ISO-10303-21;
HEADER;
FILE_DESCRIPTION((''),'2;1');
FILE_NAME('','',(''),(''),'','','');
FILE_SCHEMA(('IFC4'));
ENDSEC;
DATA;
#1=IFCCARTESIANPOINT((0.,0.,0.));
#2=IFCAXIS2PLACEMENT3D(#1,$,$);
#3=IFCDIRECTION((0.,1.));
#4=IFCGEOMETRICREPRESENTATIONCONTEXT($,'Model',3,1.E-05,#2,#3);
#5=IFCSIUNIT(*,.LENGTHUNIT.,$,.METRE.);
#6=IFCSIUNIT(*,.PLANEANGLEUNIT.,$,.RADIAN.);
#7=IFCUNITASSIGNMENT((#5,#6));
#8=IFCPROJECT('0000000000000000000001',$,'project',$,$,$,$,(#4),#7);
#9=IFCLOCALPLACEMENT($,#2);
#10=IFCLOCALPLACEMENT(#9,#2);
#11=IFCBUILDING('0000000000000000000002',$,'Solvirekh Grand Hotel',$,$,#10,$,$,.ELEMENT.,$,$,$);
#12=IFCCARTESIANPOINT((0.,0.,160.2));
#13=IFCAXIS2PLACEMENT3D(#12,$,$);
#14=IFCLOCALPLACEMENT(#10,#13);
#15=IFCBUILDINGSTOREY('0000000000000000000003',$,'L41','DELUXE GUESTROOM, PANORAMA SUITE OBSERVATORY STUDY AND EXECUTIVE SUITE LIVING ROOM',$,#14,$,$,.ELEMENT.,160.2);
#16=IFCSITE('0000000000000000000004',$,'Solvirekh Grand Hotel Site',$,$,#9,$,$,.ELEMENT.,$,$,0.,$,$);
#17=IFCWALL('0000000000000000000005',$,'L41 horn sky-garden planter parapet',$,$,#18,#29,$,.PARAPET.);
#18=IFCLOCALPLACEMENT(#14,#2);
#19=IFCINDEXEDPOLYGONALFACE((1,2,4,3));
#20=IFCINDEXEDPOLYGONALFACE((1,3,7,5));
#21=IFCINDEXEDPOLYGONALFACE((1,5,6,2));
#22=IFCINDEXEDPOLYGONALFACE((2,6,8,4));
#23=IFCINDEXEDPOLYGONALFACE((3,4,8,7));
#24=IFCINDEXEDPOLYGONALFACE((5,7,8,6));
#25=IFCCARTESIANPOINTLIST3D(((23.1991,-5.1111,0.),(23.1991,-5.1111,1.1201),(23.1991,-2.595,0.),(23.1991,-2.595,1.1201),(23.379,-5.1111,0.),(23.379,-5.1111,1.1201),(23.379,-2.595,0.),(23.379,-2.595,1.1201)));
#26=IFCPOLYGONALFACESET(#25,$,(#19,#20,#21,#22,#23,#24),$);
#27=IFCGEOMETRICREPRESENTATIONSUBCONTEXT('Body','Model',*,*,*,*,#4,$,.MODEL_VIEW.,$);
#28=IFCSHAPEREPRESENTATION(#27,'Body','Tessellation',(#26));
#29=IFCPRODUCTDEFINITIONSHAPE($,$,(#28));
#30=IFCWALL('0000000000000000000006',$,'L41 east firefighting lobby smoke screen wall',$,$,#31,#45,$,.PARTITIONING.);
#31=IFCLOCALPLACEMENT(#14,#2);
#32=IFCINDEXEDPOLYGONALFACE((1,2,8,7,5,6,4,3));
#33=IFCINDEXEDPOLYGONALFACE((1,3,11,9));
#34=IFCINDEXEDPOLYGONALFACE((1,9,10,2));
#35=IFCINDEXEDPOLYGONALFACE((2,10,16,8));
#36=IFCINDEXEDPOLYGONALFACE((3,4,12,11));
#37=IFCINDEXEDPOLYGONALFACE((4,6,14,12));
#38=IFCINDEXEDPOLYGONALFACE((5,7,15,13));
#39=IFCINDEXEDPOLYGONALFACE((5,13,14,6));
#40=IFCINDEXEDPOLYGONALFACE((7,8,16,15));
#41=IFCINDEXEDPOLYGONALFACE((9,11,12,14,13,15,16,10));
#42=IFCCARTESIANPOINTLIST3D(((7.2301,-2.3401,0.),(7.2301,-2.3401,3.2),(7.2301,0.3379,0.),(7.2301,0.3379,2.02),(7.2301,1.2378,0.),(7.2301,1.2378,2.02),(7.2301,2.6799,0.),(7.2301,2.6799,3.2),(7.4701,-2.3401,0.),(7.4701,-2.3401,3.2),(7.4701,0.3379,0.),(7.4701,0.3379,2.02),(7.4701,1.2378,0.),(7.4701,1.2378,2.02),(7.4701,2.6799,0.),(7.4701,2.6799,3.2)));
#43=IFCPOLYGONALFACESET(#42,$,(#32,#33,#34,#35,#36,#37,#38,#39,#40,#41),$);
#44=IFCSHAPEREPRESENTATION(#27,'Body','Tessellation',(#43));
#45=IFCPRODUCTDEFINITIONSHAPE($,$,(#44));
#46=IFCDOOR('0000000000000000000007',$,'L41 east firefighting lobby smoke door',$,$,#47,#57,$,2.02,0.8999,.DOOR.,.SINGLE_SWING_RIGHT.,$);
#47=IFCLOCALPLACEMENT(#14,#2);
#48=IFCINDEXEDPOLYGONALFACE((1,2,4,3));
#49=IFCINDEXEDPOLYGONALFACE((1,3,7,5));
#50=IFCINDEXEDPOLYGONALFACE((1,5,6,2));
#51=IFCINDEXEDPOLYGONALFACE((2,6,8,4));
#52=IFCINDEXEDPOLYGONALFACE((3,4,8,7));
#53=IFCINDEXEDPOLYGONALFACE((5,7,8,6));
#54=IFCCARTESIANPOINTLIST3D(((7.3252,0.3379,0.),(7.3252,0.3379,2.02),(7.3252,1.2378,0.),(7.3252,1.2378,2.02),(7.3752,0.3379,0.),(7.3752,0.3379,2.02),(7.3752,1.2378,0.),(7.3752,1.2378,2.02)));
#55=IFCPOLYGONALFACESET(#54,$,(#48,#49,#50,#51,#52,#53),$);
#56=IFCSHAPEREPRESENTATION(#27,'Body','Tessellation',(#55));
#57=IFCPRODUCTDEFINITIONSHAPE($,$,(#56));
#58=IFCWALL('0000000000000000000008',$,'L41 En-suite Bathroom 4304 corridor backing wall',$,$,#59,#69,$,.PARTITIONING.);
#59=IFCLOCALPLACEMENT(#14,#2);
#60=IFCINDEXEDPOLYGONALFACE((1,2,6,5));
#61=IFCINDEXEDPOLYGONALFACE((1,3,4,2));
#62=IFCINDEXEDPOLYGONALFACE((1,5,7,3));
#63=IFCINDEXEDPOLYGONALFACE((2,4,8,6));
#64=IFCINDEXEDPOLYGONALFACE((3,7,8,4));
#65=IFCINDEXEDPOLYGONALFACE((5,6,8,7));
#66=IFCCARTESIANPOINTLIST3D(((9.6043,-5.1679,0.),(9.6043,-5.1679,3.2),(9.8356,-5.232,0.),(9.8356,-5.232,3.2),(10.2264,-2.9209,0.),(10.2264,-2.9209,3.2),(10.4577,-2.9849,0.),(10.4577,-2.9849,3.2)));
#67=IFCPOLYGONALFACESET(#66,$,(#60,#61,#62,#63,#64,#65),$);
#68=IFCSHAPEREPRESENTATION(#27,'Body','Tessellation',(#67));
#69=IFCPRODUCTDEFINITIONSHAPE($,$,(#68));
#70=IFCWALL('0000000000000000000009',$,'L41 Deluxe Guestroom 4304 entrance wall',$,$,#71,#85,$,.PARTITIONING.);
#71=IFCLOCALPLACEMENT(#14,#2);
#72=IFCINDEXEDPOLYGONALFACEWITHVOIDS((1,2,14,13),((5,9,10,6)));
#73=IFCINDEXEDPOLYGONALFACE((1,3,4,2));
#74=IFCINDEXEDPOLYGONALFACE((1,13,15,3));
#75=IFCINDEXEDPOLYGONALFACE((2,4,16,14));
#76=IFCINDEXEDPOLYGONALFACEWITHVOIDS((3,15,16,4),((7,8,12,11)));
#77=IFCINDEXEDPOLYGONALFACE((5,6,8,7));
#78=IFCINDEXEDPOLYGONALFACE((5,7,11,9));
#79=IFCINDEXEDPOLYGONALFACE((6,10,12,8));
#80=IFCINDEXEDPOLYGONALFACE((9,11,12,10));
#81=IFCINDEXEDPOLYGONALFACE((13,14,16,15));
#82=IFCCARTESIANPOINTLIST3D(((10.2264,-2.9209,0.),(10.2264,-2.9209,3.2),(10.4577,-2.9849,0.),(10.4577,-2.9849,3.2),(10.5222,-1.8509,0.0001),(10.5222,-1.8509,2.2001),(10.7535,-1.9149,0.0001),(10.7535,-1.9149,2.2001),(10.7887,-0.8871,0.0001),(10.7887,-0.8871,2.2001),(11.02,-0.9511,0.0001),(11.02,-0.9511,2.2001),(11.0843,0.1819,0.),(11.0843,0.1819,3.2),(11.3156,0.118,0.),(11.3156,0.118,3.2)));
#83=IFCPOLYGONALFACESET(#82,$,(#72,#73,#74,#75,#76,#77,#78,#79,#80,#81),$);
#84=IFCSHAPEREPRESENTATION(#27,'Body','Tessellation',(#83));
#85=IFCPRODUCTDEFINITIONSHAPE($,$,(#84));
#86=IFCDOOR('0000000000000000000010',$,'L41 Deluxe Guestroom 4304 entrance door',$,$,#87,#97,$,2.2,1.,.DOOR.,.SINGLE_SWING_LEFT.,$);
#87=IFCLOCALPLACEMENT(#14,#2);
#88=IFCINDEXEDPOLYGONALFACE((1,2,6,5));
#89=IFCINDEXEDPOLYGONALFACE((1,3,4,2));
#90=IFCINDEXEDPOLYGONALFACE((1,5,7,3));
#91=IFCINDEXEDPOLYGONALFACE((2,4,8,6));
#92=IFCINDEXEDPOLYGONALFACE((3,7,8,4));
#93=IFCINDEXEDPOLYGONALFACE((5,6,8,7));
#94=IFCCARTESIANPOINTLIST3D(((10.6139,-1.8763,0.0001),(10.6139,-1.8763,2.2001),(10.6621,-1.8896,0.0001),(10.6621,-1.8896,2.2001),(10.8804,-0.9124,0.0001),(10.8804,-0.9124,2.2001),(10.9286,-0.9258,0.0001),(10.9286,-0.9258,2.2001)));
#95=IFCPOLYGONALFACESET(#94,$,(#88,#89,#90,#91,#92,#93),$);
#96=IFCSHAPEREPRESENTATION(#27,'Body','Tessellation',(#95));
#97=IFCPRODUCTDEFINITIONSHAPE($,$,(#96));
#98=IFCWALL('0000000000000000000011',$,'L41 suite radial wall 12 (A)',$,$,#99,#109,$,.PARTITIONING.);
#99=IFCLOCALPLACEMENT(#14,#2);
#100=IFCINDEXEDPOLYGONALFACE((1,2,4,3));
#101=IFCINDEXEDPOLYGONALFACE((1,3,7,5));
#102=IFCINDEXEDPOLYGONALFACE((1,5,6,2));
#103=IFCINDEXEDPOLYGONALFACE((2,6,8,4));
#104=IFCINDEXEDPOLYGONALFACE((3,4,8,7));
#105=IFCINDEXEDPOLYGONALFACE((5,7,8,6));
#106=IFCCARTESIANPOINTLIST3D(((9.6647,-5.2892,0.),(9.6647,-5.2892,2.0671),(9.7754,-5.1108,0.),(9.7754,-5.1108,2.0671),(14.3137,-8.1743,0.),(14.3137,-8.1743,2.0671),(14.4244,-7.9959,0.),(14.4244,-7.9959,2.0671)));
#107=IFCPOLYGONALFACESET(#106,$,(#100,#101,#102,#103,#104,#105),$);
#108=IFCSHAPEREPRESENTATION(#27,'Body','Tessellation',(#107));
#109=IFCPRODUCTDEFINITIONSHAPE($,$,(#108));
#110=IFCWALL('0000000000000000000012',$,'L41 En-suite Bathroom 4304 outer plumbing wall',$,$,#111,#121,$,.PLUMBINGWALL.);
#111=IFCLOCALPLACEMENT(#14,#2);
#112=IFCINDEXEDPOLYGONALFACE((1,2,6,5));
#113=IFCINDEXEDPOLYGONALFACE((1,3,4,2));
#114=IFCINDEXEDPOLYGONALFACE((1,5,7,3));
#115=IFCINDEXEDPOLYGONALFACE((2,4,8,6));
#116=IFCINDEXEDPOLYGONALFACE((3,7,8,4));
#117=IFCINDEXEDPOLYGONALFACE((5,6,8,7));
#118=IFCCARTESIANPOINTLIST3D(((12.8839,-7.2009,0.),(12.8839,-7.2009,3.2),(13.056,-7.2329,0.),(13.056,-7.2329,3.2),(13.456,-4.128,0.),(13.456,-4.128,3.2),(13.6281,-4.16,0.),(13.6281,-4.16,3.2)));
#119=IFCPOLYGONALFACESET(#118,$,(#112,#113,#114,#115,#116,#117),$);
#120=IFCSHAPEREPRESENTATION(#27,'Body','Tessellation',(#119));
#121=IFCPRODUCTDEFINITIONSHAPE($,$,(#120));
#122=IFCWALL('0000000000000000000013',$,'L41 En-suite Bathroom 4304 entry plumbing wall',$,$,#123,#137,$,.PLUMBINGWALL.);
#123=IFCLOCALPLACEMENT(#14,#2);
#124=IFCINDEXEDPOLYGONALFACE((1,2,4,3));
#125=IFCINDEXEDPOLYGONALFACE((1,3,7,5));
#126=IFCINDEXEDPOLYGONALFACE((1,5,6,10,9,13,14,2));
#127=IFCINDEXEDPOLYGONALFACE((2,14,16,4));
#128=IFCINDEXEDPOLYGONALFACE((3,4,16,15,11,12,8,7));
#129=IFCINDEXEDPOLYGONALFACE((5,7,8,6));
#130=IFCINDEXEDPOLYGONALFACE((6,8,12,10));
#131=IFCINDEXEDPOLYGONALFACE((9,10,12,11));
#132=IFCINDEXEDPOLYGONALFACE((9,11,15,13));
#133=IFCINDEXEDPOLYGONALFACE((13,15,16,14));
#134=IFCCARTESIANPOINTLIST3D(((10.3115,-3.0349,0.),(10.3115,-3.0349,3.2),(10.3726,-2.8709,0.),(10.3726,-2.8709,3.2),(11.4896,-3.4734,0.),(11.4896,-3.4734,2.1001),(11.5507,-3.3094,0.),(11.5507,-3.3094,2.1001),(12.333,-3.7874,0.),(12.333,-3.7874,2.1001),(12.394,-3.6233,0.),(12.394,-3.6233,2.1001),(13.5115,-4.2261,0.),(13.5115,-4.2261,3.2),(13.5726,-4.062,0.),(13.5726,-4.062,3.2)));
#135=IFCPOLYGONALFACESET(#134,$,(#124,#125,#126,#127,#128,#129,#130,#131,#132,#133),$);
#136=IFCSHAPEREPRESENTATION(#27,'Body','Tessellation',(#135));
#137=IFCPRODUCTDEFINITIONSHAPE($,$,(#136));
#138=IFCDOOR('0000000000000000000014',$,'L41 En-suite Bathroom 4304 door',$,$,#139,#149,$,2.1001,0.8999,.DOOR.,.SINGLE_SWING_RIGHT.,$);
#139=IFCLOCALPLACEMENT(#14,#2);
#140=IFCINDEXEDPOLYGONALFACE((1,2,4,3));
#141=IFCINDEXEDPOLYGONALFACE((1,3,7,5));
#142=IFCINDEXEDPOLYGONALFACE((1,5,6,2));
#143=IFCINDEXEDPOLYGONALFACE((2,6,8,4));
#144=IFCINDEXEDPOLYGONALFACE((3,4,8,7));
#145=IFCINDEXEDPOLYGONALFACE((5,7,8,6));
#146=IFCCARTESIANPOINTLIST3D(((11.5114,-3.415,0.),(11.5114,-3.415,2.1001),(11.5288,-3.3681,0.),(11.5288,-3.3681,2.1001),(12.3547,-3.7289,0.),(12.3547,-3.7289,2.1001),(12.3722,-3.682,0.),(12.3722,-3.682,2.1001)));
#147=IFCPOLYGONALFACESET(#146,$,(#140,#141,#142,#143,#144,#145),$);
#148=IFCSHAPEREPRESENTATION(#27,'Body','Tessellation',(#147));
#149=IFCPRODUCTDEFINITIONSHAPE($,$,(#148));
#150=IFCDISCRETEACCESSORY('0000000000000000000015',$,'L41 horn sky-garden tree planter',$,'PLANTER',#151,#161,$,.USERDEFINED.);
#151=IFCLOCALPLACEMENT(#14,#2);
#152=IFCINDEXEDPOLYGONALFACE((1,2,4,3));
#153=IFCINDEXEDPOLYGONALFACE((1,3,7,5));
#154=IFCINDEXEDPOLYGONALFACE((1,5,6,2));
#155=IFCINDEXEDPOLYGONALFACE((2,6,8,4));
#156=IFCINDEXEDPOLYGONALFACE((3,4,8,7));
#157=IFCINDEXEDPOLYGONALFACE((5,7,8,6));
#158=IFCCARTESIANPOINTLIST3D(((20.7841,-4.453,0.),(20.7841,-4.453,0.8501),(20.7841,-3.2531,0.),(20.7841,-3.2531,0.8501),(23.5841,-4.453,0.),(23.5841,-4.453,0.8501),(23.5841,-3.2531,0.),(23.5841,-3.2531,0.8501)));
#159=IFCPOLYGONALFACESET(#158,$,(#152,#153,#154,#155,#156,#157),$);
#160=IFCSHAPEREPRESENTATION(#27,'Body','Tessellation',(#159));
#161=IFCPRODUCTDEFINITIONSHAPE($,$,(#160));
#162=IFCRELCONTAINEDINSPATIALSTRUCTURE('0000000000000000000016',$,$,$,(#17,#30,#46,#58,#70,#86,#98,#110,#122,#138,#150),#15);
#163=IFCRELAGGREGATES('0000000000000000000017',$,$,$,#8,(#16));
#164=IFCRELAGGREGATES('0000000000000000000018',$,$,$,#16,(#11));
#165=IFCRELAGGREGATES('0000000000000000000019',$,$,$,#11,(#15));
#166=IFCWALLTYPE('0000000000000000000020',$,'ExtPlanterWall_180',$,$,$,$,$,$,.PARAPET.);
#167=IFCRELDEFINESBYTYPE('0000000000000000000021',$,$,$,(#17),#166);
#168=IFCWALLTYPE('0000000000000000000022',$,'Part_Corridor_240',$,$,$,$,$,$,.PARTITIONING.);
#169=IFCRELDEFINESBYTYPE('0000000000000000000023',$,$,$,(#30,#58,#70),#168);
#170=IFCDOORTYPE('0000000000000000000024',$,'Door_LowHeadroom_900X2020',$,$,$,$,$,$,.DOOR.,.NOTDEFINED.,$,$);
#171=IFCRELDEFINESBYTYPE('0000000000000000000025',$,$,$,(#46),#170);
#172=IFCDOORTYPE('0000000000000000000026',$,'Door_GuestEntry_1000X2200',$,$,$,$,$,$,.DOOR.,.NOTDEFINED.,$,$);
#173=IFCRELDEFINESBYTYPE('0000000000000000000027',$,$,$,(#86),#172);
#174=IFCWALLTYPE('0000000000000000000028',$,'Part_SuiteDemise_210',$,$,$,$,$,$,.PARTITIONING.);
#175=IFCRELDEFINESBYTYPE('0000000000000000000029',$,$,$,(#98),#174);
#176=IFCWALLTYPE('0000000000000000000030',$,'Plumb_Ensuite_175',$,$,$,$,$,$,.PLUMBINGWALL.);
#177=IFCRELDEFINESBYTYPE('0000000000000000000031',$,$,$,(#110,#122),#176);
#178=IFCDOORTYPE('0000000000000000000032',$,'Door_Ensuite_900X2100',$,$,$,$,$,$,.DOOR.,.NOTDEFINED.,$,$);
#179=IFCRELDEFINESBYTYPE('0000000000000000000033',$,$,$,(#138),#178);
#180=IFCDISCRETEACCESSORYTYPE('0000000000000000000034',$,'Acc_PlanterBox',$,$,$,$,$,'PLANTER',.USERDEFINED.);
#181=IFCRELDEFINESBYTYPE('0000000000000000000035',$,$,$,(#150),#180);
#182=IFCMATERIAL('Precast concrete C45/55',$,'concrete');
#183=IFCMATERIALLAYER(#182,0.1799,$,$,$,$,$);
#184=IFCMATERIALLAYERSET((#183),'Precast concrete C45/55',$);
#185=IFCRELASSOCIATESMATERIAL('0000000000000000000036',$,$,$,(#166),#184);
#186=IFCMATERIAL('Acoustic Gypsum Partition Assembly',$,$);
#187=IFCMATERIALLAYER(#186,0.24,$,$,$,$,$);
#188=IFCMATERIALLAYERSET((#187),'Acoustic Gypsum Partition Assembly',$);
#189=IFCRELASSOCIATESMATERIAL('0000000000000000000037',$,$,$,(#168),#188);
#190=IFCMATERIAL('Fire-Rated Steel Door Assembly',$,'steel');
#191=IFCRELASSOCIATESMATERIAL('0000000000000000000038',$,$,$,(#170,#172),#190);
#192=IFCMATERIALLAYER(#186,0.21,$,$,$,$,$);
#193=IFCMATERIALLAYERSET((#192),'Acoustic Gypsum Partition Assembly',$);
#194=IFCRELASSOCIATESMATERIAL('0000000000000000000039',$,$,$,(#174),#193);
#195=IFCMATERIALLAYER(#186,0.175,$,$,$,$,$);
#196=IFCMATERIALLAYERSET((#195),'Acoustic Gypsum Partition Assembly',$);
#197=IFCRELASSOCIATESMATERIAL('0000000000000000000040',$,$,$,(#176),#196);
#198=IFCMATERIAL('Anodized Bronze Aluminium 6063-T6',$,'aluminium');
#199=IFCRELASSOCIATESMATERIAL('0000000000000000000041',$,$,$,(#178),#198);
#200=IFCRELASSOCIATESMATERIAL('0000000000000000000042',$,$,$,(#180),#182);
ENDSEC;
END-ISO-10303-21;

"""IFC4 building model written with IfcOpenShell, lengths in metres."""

from ifc_helpers import new_model, si_unit, direction, frame, frame_2d, origin, origin_2d, place, context, subcontext, project, spatial, rectangle, extrude, material, layer, layer_set, type_object, element, fill, save


model = new_model("IFC4")

# Units and contexts
model_context = context("Model", 3, precision=1e-05, world=origin(), true_north=direction((0.0, 1.0)))
body_context = subcontext(model_context, "Body", "Model", "MODEL_VIEW")
ifc_project = project(units=[si_unit("LENGTHUNIT", "METRE"), si_unit("PLANEANGLEUNIT", "RADIAN")], contexts=[model_context])

# Site, building, storey
site_placement = place(None, origin())
site = spatial("IfcSite", under=ifc_project, at=site_placement, Name="Solvirekh Grand Hotel Site", CompositionType="ELEMENT", RefElevation=0.0)
building_placement = place(site_placement, origin())
building = spatial("IfcBuilding", under=site, at=building_placement, Name="Solvirekh Grand Hotel", CompositionType="ELEMENT")
storey_placement = place(building_placement, frame((0.0, 0.0, 160.2)))
storey = spatial("IfcBuildingStorey", under=building, at=storey_placement, Name="L41", Description="DELUXE GUESTROOM, PANORAMA SUITE OBSERVATORY STUDY AND EXECUTIVE SUITE LIVING ROOM", CompositionType="ELEMENT", Elevation=160.2)

# Shared definitions
ifc_material_1 = material(Name="Precast concrete C45/55", Category="concrete")

# Shared definitions
ifc_material_2 = material(Name="Anodized Bronze Aluminium 6063-T6", Category="aluminium")

# Wall
ifc_layer_1 = layer(ifc_material_1, 0.1799)
ifc_layer_set_1 = layer_set([ifc_layer_1], Name="Precast concrete C45/55")
wall_type_1 = type_object("IfcWallType", Name="ExtPlanterWall_180", PredefinedType="PARAPET", material=ifc_layer_set_1)
wall_1_placement = place(storey_placement, frame((23.2891, -5.1111, 0.0), z_axis=(0.0, 0.0, 1.0), x_axis=(0.0, 1.0, 0.0)))
element("IfcWall", 1, at=wall_1_placement, inside=storey, type_object=wall_type_1, Name="L41 horn sky-garden planter parapet", PredefinedType="PARAPET", context=body_context, shape_type="SweptSolid", body=[
    extrude(rectangle(XDim=2.5161, YDim=0.1799, at=frame_2d((1.2581, 0.0))), origin(), (0.0, 0.0, 1.0), 1.1201),
])

# Wall, opening, door
ifc_material_3 = material(Name="Acoustic Gypsum Partition Assembly")
ifc_layer_2 = layer(ifc_material_3, 0.24)
ifc_layer_set_2 = layer_set([ifc_layer_2], Name="Acoustic Gypsum Partition Assembly")
wall_type_2 = type_object("IfcWallType", Name="Part_Corridor_240", PredefinedType="PARTITIONING", material=ifc_layer_set_2)
wall_2_placement = place(storey_placement, frame((7.3501, -2.3401, 0.0), z_axis=(0.0, 0.0, 1.0), x_axis=(0.0, 1.0, 0.0)))
wall_2 = element("IfcWall", 2, at=wall_2_placement, inside=storey, type_object=wall_type_2, Name="L41 east firefighting lobby smoke screen wall", PredefinedType="PARTITIONING", context=body_context, shape_type="SweptSolid", body=[
    extrude(rectangle(XDim=5.02, YDim=0.24, at=frame_2d((2.51, 0.0))), origin(), (0.0, 0.0, 1.0), 3.2),
])
opening_1_placement = place(wall_2_placement, frame((2.678, 0.0, 0.0)))
opening_1 = element("IfcOpeningElement", 3, at=opening_1_placement, cuts=wall_2, PredefinedType="OPENING", context=body_context, shape_type="SweptSolid", body=[
    extrude(rectangle(XDim=0.8999, YDim=2.02, at=frame_2d((0.45, 1.01))), frame((0.0, 0.1299, 0.0), z_axis=(0.0, -1.0, 0.0), x_axis=(1.0, 0.0, 0.0)), (0.0, 0.0, 1.0), 0.26),
])
ifc_material_4 = material(Name="Fire-Rated Steel Door Assembly", Category="steel")
door_type_1 = type_object("IfcDoorType", Name="Door_LowHeadroom_900X2020", OperationType="NOTDEFINED", PredefinedType="DOOR", material=ifc_material_4)
door_1_placement = place(opening_1_placement, origin())
door_1 = element("IfcDoor", 4, at=door_1_placement, inside=storey, type_object=door_type_1, Name="L41 east firefighting lobby smoke door", OperationType="SINGLE_SWING_RIGHT", OverallHeight=2.02, OverallWidth=0.8999, PredefinedType="DOOR", context=body_context, shape_type="SweptSolid", body=[
    extrude(rectangle(XDim=0.8999, YDim=2.02, at=frame_2d((0.45, 1.01))), frame((0.0, 0.0249, 0.0), z_axis=(0.0, -1.0, 0.0), x_axis=(1.0, 0.0, 0.0)), (0.0, 0.0, 1.0), 0.05),
])
fill(opening_1, door_1)

# Wall
wall_3_placement = place(storey_placement, frame((9.72, -5.2, 0.0), z_axis=(0.0, 0.0, 1.0), x_axis=(0.266801, 0.963752, 0.0)))
element("IfcWall", 5, at=wall_3_placement, inside=storey, type_object=wall_type_2, Name="L41 En-suite Bathroom 4304 corridor backing wall", PredefinedType="PARTITIONING", context=body_context, shape_type="SweptSolid", body=[
    extrude(rectangle(XDim=2.3315, YDim=0.24, at=frame_2d((1.1658, 0.0))), origin(), (0.0, 0.0, 1.0), 3.2),
])

# Wall, opening, door
wall_4_placement = place(storey_placement, frame((10.342, -2.9529, 0.0), z_axis=(0.0, 0.0, 1.0), x_axis=(0.266498, 0.963836, 0.0)))
wall_4 = element("IfcWall", 6, at=wall_4_placement, inside=storey, type_object=wall_type_2, Name="L41 Deluxe Guestroom 4304 entrance wall", PredefinedType="PARTITIONING", context=body_context, shape_type="SweptSolid", body=[
    extrude(rectangle(XDim=3.2192, YDim=0.24, at=frame_2d((1.6096, 0.0))), origin(), (0.0, 0.0, 1.0), 3.2),
])
opening_2_placement = place(wall_4_placement, frame((1.1101, 0.0, 0.0)))
opening_2 = element("IfcOpeningElement", 7, at=opening_2_placement, cuts=wall_4, PredefinedType="OPENING", context=body_context, shape_type="SweptSolid", body=[
    extrude(rectangle(XDim=1.0, YDim=2.2, at=frame_2d((0.5, 1.1001))), frame((0.0, 0.1299, 0.0), z_axis=(0.0, -1.0, 0.0), x_axis=(1.0, 0.0, 0.0)), (0.0, 0.0, 1.0), 0.26),
])
door_type_2 = type_object("IfcDoorType", Name="Door_GuestEntry_1000X2200", OperationType="NOTDEFINED", PredefinedType="DOOR", material=ifc_material_4)
door_2_placement = place(opening_2_placement, origin())
door_2 = element("IfcDoor", 8, at=door_2_placement, inside=storey, type_object=door_type_2, Name="L41 Deluxe Guestroom 4304 entrance door", OperationType="SINGLE_SWING_LEFT", OverallHeight=2.2, OverallWidth=1.0, PredefinedType="DOOR", context=body_context, shape_type="SweptSolid", body=[
    extrude(rectangle(XDim=1.0, YDim=2.2, at=frame_2d((0.5, 1.1001))), frame((0.0, 0.0249, 0.0), z_axis=(0.0, -1.0, 0.0), x_axis=(1.0, 0.0, 0.0)), (0.0, 0.0, 1.0), 0.05),
])
fill(opening_2, door_2)

# Walls
ifc_layer_3 = layer(ifc_material_3, 0.21)
ifc_layer_set_3 = layer_set([ifc_layer_3], Name="Acoustic Gypsum Partition Assembly")
wall_type_3 = type_object("IfcWallType", Name="Part_SuiteDemise_210", PredefinedType="PARTITIONING", material=ifc_layer_set_3)
wall_5_placement = place(storey_placement, frame((9.72, -5.2, 0.0), z_axis=(0.0, 0.0, 1.0), x_axis=(0.849684, -0.527293, 0.0)))
element("IfcWall", 9, at=wall_5_placement, inside=storey, type_object=wall_type_3, Name="L41 suite radial wall 12 (A)", PredefinedType="PARTITIONING", context=body_context, shape_type="SweptSolid", body=[
    extrude(rectangle(XDim=5.4714, YDim=0.21, at=frame_2d((2.7358, 0.0))), origin(), (0.0, 0.0, 1.0), 2.0671),
])
ifc_layer_4 = layer(ifc_material_3, 0.175)
ifc_layer_set_4 = layer_set([ifc_layer_4], Name="Acoustic Gypsum Partition Assembly")
wall_type_4 = type_object("IfcWallType", Name="Plumb_Ensuite_175", PredefinedType="PLUMBINGWALL", material=ifc_layer_set_4)
wall_6_placement = place(storey_placement, frame((12.97, -7.217, 0.0), z_axis=(0.0, 0.0, 1.0), x_axis=(0.183001, 0.983113, 0.0)))
element("IfcWall", 10, at=wall_6_placement, inside=storey, type_object=wall_type_4, Name="L41 En-suite Bathroom 4304 outer plumbing wall", PredefinedType="PLUMBINGWALL", context=body_context, shape_type="SweptSolid", body=[
    extrude(rectangle(XDim=3.1257, YDim=0.175, at=frame_2d((1.563, 0.0))), origin(), (0.0, 0.0, 1.0), 3.2),
])

# Wall, opening, door
wall_7_placement = place(storey_placement, frame((10.342, -2.9529, 0.0), z_axis=(0.0, 0.0, 1.0), x_axis=(0.937176, -0.348858, 0.0)))
wall_7 = element("IfcWall", 11, at=wall_7_placement, inside=storey, type_object=wall_type_4, Name="L41 En-suite Bathroom 4304 entry plumbing wall", PredefinedType="PLUMBINGWALL", context=body_context, shape_type="SweptSolid", body=[
    extrude(rectangle(XDim=3.4146, YDim=0.175, at=frame_2d((1.7073, 0.0))), origin(), (0.0, 0.0, 1.0), 3.2),
])
opening_3_placement = place(wall_7_placement, frame((1.2571, 0.0, 0.0)))
opening_3 = element("IfcOpeningElement", 12, at=opening_3_placement, cuts=wall_7, PredefinedType="OPENING", context=body_context, shape_type="SweptSolid", body=[
    extrude(rectangle(XDim=0.8999, YDim=2.1001, at=frame_2d((0.45, 1.05))), frame((0.0, 0.0977, 0.0), z_axis=(0.0, -1.0, 0.0), x_axis=(1.0, 0.0, 0.0)), (0.0, 0.0, 1.0), 0.1951),
])
door_type_3 = type_object("IfcDoorType", Name="Door_Ensuite_900X2100", OperationType="NOTDEFINED", PredefinedType="DOOR", material=ifc_material_2)
door_3_placement = place(opening_3_placement, origin())
door_3 = element("IfcDoor", 13, at=door_3_placement, inside=storey, type_object=door_type_3, Name="L41 En-suite Bathroom 4304 door", OperationType="SINGLE_SWING_RIGHT", OverallHeight=2.1001, OverallWidth=0.8999, PredefinedType="DOOR", context=body_context, shape_type="SweptSolid", body=[
    extrude(rectangle(XDim=0.8999, YDim=2.1001, at=frame_2d((0.45, 1.05))), frame((0.0, 0.0249, 0.0), z_axis=(0.0, -1.0, 0.0), x_axis=(1.0, 0.0, 0.0)), (0.0, 0.0, 1.0), 0.05),
])
fill(opening_3, door_3)

# Discrete accessory
discrete_accessory_type = type_object("IfcDiscreteAccessoryType", Name="Acc_PlanterBox", ElementType="PLANTER", PredefinedType="USERDEFINED", material=ifc_material_1)
discrete_accessory_placement = place(storey_placement, frame((22.1841, -3.853, 0.0), z_axis=(0.0, 0.0, 1.0), x_axis=(0.0, 1.0, 0.0)))
element("IfcDiscreteAccessory", 14, at=discrete_accessory_placement, inside=storey, type_object=discrete_accessory_type, Name="L41 horn sky-garden tree planter", ObjectType="PLANTER", PredefinedType="USERDEFINED", context=body_context, shape_type="SweptSolid", body=[
    extrude(rectangle(XDim=1.2, YDim=2.8, at=origin_2d()), origin(), (0.0, 0.0, 1.0), 0.8501),
])

save(model, "model.ifc")
